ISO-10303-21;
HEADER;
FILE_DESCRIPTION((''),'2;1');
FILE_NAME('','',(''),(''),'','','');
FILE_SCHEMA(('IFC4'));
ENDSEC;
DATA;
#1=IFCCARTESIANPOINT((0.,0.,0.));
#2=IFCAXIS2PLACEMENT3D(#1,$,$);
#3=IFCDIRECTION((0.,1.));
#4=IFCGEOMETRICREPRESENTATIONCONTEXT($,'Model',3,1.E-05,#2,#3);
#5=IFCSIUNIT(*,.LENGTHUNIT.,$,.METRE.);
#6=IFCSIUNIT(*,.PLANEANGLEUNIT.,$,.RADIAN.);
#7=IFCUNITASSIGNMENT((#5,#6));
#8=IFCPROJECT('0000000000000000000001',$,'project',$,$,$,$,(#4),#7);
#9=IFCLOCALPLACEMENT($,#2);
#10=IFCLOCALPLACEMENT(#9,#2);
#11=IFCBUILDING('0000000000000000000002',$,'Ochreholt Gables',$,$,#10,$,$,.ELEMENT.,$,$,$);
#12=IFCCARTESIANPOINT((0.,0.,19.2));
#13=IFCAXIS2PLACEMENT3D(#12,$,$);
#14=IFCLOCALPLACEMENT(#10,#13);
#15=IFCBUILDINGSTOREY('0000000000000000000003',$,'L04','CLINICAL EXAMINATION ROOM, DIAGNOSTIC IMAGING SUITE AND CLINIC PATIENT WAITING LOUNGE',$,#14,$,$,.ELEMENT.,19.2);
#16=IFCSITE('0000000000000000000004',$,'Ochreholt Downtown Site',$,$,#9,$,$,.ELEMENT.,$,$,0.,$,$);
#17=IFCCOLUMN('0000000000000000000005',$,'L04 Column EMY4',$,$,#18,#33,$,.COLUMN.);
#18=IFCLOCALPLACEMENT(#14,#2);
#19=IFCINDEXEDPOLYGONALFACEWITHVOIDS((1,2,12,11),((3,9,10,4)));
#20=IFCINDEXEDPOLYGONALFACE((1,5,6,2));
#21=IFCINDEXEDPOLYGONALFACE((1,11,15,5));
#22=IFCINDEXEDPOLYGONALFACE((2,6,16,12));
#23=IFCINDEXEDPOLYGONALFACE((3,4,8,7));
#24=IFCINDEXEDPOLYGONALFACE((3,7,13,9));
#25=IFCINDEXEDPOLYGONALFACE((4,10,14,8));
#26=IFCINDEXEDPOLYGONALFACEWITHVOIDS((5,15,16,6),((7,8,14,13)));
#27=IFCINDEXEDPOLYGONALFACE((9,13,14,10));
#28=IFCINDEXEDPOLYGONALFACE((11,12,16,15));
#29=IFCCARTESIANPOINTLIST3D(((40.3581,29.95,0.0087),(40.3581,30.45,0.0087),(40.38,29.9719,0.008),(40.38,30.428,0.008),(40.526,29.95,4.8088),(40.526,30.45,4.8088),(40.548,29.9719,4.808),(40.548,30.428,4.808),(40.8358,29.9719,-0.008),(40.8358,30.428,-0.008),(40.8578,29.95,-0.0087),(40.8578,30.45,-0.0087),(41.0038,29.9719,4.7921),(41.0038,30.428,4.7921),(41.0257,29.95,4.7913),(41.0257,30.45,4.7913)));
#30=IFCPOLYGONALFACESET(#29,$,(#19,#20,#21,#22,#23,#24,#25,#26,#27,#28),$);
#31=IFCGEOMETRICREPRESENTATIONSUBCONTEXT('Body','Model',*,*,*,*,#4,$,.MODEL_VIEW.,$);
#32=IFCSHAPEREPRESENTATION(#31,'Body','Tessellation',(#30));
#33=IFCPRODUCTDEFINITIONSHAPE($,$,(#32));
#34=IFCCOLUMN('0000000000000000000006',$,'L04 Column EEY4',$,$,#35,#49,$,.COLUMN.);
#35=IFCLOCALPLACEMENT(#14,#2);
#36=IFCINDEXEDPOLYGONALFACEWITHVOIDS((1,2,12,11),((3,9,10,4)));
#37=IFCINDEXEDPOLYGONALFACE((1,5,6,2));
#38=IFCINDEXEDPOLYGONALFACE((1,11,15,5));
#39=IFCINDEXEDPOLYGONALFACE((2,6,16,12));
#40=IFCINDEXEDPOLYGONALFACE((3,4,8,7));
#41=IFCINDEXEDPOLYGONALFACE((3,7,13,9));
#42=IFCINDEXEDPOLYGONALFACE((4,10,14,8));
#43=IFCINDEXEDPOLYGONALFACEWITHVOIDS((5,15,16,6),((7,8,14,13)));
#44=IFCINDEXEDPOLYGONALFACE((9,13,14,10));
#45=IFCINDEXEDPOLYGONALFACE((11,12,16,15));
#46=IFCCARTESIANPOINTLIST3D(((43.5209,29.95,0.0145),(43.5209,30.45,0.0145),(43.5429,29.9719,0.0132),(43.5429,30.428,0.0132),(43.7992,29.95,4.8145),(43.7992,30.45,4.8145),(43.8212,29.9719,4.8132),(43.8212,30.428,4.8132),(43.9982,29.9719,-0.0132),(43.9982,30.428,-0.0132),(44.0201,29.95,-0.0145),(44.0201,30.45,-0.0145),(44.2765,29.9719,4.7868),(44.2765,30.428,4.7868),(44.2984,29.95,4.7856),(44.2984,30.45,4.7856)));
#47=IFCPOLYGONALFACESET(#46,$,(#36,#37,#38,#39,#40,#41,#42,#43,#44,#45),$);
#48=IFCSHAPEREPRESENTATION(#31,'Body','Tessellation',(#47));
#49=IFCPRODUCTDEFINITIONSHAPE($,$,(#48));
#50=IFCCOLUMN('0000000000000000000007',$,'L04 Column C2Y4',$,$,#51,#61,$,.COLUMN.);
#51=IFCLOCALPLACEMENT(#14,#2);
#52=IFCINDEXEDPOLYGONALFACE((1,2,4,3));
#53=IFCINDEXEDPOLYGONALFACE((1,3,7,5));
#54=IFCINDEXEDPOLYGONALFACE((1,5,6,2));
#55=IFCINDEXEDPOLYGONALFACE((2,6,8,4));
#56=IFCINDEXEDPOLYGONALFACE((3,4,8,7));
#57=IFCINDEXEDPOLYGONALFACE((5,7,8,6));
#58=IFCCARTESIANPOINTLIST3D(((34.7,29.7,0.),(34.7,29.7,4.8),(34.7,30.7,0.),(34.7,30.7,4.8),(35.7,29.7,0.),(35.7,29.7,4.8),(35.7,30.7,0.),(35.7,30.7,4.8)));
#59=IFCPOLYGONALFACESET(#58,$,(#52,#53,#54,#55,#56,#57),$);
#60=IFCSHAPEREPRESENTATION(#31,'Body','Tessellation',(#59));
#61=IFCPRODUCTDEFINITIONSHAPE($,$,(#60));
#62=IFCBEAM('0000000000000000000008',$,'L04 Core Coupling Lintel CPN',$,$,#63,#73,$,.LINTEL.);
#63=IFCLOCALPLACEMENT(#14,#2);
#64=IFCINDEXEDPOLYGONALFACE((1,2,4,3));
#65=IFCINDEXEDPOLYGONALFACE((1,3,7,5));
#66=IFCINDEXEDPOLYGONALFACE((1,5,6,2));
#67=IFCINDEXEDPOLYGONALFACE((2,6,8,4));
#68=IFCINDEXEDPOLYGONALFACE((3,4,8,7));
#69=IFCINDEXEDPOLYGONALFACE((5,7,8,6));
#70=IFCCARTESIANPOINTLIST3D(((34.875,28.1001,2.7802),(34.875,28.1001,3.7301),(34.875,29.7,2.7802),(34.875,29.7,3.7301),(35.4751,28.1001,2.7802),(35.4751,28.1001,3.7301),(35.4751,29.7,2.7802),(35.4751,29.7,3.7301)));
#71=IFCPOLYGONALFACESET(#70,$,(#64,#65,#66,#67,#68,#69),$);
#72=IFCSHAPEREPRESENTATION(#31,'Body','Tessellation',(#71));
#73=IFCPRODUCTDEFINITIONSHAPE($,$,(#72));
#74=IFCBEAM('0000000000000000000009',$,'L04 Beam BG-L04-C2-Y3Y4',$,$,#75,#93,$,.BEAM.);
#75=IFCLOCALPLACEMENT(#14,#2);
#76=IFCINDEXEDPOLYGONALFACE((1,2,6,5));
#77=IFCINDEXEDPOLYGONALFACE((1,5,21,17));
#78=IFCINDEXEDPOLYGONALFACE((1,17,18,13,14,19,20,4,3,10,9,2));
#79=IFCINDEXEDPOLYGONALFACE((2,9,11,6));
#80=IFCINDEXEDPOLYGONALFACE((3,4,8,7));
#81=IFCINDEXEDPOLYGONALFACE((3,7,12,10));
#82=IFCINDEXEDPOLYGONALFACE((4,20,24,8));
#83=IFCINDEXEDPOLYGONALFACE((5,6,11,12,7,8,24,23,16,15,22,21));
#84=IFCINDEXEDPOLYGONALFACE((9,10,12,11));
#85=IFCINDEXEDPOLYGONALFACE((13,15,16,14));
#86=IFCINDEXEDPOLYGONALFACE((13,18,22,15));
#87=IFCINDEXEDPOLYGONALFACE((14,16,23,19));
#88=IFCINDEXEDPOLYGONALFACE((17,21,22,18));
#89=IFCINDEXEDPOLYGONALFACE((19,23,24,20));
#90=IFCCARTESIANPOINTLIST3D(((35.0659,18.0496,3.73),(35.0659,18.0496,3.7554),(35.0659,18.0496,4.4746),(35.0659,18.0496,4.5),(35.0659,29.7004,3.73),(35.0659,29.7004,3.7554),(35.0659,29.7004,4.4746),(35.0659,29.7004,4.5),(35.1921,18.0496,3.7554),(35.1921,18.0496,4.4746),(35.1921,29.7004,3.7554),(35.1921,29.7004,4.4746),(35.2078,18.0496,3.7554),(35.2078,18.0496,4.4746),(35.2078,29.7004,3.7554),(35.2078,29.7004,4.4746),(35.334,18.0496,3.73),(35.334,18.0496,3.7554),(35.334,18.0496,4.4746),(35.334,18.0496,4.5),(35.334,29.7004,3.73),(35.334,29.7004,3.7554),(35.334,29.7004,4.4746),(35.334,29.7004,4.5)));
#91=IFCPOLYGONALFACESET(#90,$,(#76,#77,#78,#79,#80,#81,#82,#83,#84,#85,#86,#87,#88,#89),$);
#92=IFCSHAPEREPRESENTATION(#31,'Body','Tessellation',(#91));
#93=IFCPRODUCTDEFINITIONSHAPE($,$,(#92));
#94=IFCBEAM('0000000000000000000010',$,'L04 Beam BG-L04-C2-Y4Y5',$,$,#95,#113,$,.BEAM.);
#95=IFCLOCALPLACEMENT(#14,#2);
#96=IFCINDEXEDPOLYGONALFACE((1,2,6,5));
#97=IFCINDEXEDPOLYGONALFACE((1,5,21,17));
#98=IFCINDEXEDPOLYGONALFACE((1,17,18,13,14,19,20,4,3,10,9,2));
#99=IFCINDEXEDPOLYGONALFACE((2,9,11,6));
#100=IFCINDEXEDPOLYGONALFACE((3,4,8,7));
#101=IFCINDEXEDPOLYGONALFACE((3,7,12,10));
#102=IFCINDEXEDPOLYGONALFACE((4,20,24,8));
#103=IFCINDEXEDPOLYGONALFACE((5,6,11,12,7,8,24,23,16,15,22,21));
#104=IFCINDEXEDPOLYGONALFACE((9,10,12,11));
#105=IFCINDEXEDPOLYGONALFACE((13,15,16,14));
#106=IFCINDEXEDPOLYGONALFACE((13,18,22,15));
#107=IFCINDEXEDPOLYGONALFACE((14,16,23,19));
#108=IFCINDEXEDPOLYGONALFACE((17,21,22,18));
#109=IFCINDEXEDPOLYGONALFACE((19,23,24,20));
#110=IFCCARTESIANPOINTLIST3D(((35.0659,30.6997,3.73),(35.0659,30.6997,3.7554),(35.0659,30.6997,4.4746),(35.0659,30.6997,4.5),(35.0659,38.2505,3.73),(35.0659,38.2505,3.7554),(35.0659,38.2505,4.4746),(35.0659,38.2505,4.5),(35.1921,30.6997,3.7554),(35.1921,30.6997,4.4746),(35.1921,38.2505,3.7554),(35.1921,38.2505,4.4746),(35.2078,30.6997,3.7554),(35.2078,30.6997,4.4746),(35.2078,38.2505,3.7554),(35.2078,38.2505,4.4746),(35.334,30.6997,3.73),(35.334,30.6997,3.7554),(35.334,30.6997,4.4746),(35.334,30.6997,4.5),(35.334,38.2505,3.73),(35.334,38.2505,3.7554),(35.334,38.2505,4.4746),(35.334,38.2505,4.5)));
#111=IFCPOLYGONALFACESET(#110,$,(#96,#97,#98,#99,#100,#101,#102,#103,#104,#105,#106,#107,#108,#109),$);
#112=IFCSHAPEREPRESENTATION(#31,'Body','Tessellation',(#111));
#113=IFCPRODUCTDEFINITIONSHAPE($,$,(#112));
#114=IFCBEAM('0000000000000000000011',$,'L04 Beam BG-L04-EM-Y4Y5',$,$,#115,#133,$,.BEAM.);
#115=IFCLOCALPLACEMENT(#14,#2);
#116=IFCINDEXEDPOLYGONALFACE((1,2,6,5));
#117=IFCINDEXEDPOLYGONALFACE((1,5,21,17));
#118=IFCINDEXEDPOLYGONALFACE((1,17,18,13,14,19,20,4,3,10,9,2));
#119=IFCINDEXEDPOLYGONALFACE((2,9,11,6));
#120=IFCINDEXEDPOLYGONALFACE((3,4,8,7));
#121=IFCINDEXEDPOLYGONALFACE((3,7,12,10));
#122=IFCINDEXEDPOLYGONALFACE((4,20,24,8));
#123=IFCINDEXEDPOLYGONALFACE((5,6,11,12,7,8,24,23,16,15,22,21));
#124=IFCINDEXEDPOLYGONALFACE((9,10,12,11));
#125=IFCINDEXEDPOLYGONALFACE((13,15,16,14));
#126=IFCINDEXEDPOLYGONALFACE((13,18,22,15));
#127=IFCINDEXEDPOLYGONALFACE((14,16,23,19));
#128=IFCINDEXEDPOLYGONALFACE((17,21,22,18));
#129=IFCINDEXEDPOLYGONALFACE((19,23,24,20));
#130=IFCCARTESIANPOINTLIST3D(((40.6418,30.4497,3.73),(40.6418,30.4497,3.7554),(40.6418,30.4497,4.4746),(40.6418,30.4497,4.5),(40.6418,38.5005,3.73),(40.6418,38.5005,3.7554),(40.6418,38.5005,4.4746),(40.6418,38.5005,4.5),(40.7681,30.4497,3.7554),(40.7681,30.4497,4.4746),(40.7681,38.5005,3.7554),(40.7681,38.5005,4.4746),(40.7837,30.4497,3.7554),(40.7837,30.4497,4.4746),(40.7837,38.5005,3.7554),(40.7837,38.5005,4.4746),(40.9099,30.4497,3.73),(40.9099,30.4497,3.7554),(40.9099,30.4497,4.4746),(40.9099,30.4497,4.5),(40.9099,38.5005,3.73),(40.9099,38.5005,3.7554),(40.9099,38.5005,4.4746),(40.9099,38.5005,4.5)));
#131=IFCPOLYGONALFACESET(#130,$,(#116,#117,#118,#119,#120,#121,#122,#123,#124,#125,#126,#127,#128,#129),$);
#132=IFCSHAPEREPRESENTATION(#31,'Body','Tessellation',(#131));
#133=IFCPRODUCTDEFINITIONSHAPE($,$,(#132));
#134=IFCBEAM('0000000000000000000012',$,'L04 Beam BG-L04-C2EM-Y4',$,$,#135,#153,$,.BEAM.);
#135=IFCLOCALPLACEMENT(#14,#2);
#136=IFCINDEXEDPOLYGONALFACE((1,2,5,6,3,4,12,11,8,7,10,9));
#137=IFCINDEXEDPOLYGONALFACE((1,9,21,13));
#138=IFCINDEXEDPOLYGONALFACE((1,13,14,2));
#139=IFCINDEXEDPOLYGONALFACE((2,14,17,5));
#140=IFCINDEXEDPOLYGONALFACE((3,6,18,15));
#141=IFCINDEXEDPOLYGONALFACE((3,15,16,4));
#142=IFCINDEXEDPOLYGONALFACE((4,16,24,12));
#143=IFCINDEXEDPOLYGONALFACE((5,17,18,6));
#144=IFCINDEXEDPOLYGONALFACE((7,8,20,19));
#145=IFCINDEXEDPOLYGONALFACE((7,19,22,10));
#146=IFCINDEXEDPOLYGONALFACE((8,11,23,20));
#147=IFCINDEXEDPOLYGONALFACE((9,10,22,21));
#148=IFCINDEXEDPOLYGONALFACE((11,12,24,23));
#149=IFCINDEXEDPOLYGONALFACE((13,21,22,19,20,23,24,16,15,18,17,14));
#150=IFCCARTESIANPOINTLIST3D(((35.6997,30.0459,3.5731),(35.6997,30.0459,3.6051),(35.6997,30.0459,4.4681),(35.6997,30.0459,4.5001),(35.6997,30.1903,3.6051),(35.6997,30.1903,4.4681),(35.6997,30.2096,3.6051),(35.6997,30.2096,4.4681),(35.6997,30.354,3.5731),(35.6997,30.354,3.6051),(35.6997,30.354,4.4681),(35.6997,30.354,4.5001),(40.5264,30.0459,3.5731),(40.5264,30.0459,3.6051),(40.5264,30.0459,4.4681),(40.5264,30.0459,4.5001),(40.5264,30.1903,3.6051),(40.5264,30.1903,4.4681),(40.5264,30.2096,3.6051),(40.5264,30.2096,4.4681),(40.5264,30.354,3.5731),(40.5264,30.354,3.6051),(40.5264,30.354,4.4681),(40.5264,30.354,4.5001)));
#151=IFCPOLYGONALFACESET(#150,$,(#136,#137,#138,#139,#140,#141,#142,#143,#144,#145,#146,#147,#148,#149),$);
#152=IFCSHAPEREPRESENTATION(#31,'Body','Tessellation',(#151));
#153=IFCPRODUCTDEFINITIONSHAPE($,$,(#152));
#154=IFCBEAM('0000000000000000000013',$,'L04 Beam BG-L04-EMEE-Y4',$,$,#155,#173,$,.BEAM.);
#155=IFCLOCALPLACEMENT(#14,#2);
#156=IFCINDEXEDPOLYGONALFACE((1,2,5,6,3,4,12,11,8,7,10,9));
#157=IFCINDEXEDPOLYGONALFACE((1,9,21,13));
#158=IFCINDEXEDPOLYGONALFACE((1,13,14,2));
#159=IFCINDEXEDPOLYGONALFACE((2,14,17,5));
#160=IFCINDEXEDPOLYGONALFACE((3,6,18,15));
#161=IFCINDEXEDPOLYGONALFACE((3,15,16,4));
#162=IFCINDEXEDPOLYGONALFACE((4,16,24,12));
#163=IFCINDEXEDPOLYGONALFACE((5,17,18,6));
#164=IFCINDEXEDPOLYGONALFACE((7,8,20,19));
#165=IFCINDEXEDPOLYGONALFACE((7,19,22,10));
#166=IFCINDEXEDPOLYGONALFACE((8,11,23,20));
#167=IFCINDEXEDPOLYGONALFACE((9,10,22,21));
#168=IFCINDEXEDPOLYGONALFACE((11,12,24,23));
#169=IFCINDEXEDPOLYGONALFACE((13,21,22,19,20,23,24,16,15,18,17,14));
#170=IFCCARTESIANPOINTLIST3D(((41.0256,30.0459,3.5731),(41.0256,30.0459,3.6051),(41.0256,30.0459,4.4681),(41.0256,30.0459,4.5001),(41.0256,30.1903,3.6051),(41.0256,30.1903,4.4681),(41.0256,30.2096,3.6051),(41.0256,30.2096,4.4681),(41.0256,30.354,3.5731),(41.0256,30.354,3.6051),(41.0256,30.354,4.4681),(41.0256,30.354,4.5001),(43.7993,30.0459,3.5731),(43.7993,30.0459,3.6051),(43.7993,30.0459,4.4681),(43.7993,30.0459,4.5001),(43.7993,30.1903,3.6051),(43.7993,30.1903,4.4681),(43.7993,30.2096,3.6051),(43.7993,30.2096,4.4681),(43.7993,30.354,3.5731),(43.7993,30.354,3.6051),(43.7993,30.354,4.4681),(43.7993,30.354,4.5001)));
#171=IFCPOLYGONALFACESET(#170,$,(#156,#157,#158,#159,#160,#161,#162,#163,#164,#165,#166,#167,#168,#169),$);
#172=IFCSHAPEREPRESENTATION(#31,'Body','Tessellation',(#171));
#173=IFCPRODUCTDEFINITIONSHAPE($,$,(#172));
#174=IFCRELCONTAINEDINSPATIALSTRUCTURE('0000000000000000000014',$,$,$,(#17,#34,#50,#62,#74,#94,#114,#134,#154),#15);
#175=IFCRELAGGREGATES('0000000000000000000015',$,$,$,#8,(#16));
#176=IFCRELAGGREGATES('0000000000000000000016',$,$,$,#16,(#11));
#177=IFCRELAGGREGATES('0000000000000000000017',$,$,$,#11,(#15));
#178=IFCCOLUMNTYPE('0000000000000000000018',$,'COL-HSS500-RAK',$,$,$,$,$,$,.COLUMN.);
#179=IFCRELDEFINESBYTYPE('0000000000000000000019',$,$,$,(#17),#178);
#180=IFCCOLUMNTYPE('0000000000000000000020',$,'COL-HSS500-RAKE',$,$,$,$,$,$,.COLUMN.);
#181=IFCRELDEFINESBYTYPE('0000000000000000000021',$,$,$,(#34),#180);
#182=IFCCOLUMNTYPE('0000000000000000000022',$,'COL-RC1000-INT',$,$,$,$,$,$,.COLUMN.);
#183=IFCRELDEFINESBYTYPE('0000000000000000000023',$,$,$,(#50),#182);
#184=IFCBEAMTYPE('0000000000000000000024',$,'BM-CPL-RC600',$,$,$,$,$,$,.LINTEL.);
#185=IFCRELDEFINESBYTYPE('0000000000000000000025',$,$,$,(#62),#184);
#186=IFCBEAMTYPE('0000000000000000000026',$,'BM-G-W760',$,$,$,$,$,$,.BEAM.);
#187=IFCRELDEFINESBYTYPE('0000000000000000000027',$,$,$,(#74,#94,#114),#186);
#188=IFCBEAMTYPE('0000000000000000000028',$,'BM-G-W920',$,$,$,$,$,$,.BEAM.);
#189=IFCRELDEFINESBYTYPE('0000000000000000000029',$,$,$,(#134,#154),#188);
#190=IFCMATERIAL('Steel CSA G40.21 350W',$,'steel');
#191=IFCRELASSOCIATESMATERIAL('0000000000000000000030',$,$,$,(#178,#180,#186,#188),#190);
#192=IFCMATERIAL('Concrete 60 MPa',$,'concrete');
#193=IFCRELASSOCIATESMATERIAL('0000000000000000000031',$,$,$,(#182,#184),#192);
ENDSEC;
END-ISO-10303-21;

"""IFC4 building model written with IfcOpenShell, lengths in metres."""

from ifc_helpers import new_model, si_unit, direction, frame, origin, origin_2d, place, context, subcontext, project, spatial, rectangle, hollow_rectangle, i_section, extrude, material, material_profile, profile_set, type_object, element, save


model = new_model("IFC4")

# Units and contexts
model_context = context("Model", 3, precision=1e-05, world=origin(), true_north=direction((0.0, 1.0)))
body_context = subcontext(model_context, "Body", "Model", "MODEL_VIEW")
ifc_project = project(units=[si_unit("LENGTHUNIT", "METRE"), si_unit("PLANEANGLEUNIT", "RADIAN")], contexts=[model_context])

# Site, building, storey
site_placement = place(None, origin())
site = spatial("IfcSite", under=ifc_project, at=site_placement, Name="Ochreholt Downtown Site", CompositionType="ELEMENT", RefElevation=0.0)
building_placement = place(site_placement, origin())
building = spatial("IfcBuilding", under=site, at=building_placement, Name="Ochreholt Gables", CompositionType="ELEMENT")
storey_placement = place(building_placement, frame((0.0, 0.0, 19.2)))
storey = spatial("IfcBuildingStorey", under=building, at=storey_placement, Name="L04", Description="CLINICAL EXAMINATION ROOM, DIAGNOSTIC IMAGING SUITE AND CLINIC PATIENT WAITING LOUNGE", CompositionType="ELEMENT", Elevation=19.2)

# Columns
ifc_material_1 = material(Name="Steel CSA G40.21 350W", Category="steel")
ifc_material_profile_1 = material_profile(ifc_material_1, hollow_rectangle(XDim=0.5, YDim=0.5, WallThickness=0.022, at=origin_2d()), Name="HSS500X500X22")
ifc_profile_set_1 = profile_set([ifc_material_profile_1], Name="Steel CSA G40.21 350W")
column_type_1 = type_object("IfcColumnType", Name="COL-HSS500-RAK", PredefinedType="COLUMN", material=ifc_profile_set_1)
column_1_placement = place(storey_placement, frame((40.6079, 30.2, 0.0), z_axis=(0.034972, 0.0, 0.999388), x_axis=(0.0, 1.0, 0.0)))
element("IfcColumn", 1, at=column_1_placement, inside=storey, type_object=column_type_1, Name="L04 Column EMY4", PredefinedType="COLUMN", context=body_context, shape_type="SweptSolid", body=[
    extrude(hollow_rectangle(XDim=0.5, YDim=0.5, WallThickness=0.022, at=origin_2d()), origin(), (0.0, 0.0, 1.0), 4.803),
])
ifc_material_profile_2 = material_profile(ifc_material_1, hollow_rectangle(XDim=0.5, YDim=0.5, WallThickness=0.022, at=origin_2d()), Name="HSS500X500X22")
ifc_profile_set_2 = profile_set([ifc_material_profile_2], Name="Steel CSA G40.21 350W")
column_type_2 = type_object("IfcColumnType", Name="COL-HSS500-RAKE", PredefinedType="COLUMN", material=ifc_profile_set_2)
column_2_placement = place(storey_placement, frame((43.7705, 30.2, 0.0), z_axis=(0.057886, 0.0, 0.998323), x_axis=(0.0, 1.0, 0.0)))
element("IfcColumn", 2, at=column_2_placement, inside=storey, type_object=column_type_2, Name="L04 Column EEY4", PredefinedType="COLUMN", context=body_context, shape_type="SweptSolid", body=[
    extrude(hollow_rectangle(XDim=0.5, YDim=0.5, WallThickness=0.022, at=origin_2d()), origin(), (0.0, 0.0, 1.0), 4.8081),
])
ifc_material_2 = material(Name="Concrete 60 MPa", Category="concrete")
ifc_material_profile_3 = material_profile(ifc_material_2, rectangle(XDim=1.0, YDim=1.0, at=origin_2d()), Name="RC1000X1000")
ifc_profile_set_3 = profile_set([ifc_material_profile_3], Name="Concrete 60 MPa")
column_type_3 = type_object("IfcColumnType", Name="COL-RC1000-INT", PredefinedType="COLUMN", material=ifc_profile_set_3)
column_3_placement = place(storey_placement, frame((35.2, 30.2, 0.0), z_axis=(0.0, 0.0, 1.0), x_axis=(1.0, 0.0, 0.0)))
element("IfcColumn", 3, at=column_3_placement, inside=storey, type_object=column_type_3, Name="L04 Column C2Y4", PredefinedType="COLUMN", context=body_context, shape_type="SweptSolid", body=[
    extrude(rectangle(XDim=1.0, YDim=1.0, at=origin_2d()), origin(), (0.0, 0.0, 1.0), 4.8),
])

# Beams
ifc_material_profile_4 = material_profile(ifc_material_2, rectangle(XDim=0.6001, YDim=0.95, at=origin_2d()), Name="RCB600X950")
ifc_profile_set_4 = profile_set([ifc_material_profile_4], Name="Concrete 60 MPa")
beam_type_1 = type_object("IfcBeamType", Name="BM-CPL-RC600", PredefinedType="LINTEL", material=ifc_profile_set_4)
beam_1_placement = place(storey_placement, frame((35.175, 28.1001, 3.2551), z_axis=(0.0, 1.0, 0.0), x_axis=(-1.0, 0.0, 0.0)))
element("IfcBeam", 4, at=beam_1_placement, inside=storey, type_object=beam_type_1, Name="L04 Core Coupling Lintel CPN", PredefinedType="LINTEL", context=body_context, shape_type="SweptSolid", body=[
    extrude(rectangle(XDim=0.6001, YDim=0.95, at=origin_2d()), origin(), (0.0, 0.0, 1.0), 1.5999),
])
ifc_material_profile_5 = material_profile(ifc_material_1, i_section(OverallWidth=0.2681, OverallDepth=0.77, WebThickness=0.0156, FlangeThickness=0.0254, at=origin_2d()), Name="W760X196")
ifc_profile_set_5 = profile_set([ifc_material_profile_5], Name="Steel CSA G40.21 350W")
beam_type_2 = type_object("IfcBeamType", Name="BM-G-W760", PredefinedType="BEAM", material=ifc_profile_set_5)
beam_2_placement = place(storey_placement, frame((35.2, 18.0496, 4.115), z_axis=(0.0, 1.0, 0.0), x_axis=(-1.0, 0.0, 0.0)))
element("IfcBeam", 5, at=beam_2_placement, inside=storey, type_object=beam_type_2, Name="L04 Beam BG-L04-C2-Y3Y4", PredefinedType="BEAM", context=body_context, shape_type="SweptSolid", body=[
    extrude(i_section(OverallWidth=0.2681, OverallDepth=0.77, WebThickness=0.0156, FlangeThickness=0.0254, at=origin_2d()), origin(), (0.0, 0.0, 1.0), 11.6509),
])
beam_3_placement = place(storey_placement, frame((35.2, 30.6997, 4.115), z_axis=(0.0, 1.0, 0.0), x_axis=(-1.0, 0.0, 0.0)))
element("IfcBeam", 6, at=beam_3_placement, inside=storey, type_object=beam_type_2, Name="L04 Beam BG-L04-C2-Y4Y5", PredefinedType="BEAM", context=body_context, shape_type="SweptSolid", body=[
    extrude(i_section(OverallWidth=0.2681, OverallDepth=0.77, WebThickness=0.0156, FlangeThickness=0.0254, at=origin_2d()), origin(), (0.0, 0.0, 1.0), 7.5508),
])
beam_4_placement = place(storey_placement, frame((40.7759, 30.4497, 4.115), z_axis=(0.0, 1.0, 0.0), x_axis=(-1.0, 0.0, 0.0)))
element("IfcBeam", 7, at=beam_4_placement, inside=storey, type_object=beam_type_2, Name="L04 Beam BG-L04-EM-Y4Y5", PredefinedType="BEAM", context=body_context, shape_type="SweptSolid", body=[
    extrude(i_section(OverallWidth=0.2681, OverallDepth=0.77, WebThickness=0.0156, FlangeThickness=0.0254, at=origin_2d()), origin(), (0.0, 0.0, 1.0), 8.0508),
])
ifc_material_profile_6 = material_profile(ifc_material_1, i_section(OverallWidth=0.3081, OverallDepth=0.927, WebThickness=0.0193, FlangeThickness=0.032, at=origin_2d()), Name="W920X289")
ifc_profile_set_6 = profile_set([ifc_material_profile_6], Name="Steel CSA G40.21 350W")
beam_type_3 = type_object("IfcBeamType", Name="BM-G-W920", PredefinedType="BEAM", material=ifc_profile_set_6)
beam_5_placement = place(storey_placement, frame((35.6997, 30.2, 4.0366), z_axis=(1.0, 0.0, 0.0), x_axis=(0.0, 1.0, 0.0)))
element("IfcBeam", 8, at=beam_5_placement, inside=storey, type_object=beam_type_3, Name="L04 Beam BG-L04-C2EM-Y4", PredefinedType="BEAM", context=body_context, shape_type="SweptSolid", body=[
    extrude(i_section(OverallWidth=0.3081, OverallDepth=0.927, WebThickness=0.0193, FlangeThickness=0.032, at=origin_2d()), origin(), (0.0, 0.0, 1.0), 4.8267),
])
beam_6_placement = place(storey_placement, frame((41.0256, 30.2, 4.0366), z_axis=(1.0, 0.0, 0.0), x_axis=(0.0, 1.0, 0.0)))
element("IfcBeam", 9, at=beam_6_placement, inside=storey, type_object=beam_type_3, Name="L04 Beam BG-L04-EMEE-Y4", PredefinedType="BEAM", context=body_context, shape_type="SweptSolid", body=[
    extrude(i_section(OverallWidth=0.3081, OverallDepth=0.927, WebThickness=0.0193, FlangeThickness=0.032, at=origin_2d()), origin(), (0.0, 0.0, 1.0), 2.7737),
])

save(model, "model.ifc")
